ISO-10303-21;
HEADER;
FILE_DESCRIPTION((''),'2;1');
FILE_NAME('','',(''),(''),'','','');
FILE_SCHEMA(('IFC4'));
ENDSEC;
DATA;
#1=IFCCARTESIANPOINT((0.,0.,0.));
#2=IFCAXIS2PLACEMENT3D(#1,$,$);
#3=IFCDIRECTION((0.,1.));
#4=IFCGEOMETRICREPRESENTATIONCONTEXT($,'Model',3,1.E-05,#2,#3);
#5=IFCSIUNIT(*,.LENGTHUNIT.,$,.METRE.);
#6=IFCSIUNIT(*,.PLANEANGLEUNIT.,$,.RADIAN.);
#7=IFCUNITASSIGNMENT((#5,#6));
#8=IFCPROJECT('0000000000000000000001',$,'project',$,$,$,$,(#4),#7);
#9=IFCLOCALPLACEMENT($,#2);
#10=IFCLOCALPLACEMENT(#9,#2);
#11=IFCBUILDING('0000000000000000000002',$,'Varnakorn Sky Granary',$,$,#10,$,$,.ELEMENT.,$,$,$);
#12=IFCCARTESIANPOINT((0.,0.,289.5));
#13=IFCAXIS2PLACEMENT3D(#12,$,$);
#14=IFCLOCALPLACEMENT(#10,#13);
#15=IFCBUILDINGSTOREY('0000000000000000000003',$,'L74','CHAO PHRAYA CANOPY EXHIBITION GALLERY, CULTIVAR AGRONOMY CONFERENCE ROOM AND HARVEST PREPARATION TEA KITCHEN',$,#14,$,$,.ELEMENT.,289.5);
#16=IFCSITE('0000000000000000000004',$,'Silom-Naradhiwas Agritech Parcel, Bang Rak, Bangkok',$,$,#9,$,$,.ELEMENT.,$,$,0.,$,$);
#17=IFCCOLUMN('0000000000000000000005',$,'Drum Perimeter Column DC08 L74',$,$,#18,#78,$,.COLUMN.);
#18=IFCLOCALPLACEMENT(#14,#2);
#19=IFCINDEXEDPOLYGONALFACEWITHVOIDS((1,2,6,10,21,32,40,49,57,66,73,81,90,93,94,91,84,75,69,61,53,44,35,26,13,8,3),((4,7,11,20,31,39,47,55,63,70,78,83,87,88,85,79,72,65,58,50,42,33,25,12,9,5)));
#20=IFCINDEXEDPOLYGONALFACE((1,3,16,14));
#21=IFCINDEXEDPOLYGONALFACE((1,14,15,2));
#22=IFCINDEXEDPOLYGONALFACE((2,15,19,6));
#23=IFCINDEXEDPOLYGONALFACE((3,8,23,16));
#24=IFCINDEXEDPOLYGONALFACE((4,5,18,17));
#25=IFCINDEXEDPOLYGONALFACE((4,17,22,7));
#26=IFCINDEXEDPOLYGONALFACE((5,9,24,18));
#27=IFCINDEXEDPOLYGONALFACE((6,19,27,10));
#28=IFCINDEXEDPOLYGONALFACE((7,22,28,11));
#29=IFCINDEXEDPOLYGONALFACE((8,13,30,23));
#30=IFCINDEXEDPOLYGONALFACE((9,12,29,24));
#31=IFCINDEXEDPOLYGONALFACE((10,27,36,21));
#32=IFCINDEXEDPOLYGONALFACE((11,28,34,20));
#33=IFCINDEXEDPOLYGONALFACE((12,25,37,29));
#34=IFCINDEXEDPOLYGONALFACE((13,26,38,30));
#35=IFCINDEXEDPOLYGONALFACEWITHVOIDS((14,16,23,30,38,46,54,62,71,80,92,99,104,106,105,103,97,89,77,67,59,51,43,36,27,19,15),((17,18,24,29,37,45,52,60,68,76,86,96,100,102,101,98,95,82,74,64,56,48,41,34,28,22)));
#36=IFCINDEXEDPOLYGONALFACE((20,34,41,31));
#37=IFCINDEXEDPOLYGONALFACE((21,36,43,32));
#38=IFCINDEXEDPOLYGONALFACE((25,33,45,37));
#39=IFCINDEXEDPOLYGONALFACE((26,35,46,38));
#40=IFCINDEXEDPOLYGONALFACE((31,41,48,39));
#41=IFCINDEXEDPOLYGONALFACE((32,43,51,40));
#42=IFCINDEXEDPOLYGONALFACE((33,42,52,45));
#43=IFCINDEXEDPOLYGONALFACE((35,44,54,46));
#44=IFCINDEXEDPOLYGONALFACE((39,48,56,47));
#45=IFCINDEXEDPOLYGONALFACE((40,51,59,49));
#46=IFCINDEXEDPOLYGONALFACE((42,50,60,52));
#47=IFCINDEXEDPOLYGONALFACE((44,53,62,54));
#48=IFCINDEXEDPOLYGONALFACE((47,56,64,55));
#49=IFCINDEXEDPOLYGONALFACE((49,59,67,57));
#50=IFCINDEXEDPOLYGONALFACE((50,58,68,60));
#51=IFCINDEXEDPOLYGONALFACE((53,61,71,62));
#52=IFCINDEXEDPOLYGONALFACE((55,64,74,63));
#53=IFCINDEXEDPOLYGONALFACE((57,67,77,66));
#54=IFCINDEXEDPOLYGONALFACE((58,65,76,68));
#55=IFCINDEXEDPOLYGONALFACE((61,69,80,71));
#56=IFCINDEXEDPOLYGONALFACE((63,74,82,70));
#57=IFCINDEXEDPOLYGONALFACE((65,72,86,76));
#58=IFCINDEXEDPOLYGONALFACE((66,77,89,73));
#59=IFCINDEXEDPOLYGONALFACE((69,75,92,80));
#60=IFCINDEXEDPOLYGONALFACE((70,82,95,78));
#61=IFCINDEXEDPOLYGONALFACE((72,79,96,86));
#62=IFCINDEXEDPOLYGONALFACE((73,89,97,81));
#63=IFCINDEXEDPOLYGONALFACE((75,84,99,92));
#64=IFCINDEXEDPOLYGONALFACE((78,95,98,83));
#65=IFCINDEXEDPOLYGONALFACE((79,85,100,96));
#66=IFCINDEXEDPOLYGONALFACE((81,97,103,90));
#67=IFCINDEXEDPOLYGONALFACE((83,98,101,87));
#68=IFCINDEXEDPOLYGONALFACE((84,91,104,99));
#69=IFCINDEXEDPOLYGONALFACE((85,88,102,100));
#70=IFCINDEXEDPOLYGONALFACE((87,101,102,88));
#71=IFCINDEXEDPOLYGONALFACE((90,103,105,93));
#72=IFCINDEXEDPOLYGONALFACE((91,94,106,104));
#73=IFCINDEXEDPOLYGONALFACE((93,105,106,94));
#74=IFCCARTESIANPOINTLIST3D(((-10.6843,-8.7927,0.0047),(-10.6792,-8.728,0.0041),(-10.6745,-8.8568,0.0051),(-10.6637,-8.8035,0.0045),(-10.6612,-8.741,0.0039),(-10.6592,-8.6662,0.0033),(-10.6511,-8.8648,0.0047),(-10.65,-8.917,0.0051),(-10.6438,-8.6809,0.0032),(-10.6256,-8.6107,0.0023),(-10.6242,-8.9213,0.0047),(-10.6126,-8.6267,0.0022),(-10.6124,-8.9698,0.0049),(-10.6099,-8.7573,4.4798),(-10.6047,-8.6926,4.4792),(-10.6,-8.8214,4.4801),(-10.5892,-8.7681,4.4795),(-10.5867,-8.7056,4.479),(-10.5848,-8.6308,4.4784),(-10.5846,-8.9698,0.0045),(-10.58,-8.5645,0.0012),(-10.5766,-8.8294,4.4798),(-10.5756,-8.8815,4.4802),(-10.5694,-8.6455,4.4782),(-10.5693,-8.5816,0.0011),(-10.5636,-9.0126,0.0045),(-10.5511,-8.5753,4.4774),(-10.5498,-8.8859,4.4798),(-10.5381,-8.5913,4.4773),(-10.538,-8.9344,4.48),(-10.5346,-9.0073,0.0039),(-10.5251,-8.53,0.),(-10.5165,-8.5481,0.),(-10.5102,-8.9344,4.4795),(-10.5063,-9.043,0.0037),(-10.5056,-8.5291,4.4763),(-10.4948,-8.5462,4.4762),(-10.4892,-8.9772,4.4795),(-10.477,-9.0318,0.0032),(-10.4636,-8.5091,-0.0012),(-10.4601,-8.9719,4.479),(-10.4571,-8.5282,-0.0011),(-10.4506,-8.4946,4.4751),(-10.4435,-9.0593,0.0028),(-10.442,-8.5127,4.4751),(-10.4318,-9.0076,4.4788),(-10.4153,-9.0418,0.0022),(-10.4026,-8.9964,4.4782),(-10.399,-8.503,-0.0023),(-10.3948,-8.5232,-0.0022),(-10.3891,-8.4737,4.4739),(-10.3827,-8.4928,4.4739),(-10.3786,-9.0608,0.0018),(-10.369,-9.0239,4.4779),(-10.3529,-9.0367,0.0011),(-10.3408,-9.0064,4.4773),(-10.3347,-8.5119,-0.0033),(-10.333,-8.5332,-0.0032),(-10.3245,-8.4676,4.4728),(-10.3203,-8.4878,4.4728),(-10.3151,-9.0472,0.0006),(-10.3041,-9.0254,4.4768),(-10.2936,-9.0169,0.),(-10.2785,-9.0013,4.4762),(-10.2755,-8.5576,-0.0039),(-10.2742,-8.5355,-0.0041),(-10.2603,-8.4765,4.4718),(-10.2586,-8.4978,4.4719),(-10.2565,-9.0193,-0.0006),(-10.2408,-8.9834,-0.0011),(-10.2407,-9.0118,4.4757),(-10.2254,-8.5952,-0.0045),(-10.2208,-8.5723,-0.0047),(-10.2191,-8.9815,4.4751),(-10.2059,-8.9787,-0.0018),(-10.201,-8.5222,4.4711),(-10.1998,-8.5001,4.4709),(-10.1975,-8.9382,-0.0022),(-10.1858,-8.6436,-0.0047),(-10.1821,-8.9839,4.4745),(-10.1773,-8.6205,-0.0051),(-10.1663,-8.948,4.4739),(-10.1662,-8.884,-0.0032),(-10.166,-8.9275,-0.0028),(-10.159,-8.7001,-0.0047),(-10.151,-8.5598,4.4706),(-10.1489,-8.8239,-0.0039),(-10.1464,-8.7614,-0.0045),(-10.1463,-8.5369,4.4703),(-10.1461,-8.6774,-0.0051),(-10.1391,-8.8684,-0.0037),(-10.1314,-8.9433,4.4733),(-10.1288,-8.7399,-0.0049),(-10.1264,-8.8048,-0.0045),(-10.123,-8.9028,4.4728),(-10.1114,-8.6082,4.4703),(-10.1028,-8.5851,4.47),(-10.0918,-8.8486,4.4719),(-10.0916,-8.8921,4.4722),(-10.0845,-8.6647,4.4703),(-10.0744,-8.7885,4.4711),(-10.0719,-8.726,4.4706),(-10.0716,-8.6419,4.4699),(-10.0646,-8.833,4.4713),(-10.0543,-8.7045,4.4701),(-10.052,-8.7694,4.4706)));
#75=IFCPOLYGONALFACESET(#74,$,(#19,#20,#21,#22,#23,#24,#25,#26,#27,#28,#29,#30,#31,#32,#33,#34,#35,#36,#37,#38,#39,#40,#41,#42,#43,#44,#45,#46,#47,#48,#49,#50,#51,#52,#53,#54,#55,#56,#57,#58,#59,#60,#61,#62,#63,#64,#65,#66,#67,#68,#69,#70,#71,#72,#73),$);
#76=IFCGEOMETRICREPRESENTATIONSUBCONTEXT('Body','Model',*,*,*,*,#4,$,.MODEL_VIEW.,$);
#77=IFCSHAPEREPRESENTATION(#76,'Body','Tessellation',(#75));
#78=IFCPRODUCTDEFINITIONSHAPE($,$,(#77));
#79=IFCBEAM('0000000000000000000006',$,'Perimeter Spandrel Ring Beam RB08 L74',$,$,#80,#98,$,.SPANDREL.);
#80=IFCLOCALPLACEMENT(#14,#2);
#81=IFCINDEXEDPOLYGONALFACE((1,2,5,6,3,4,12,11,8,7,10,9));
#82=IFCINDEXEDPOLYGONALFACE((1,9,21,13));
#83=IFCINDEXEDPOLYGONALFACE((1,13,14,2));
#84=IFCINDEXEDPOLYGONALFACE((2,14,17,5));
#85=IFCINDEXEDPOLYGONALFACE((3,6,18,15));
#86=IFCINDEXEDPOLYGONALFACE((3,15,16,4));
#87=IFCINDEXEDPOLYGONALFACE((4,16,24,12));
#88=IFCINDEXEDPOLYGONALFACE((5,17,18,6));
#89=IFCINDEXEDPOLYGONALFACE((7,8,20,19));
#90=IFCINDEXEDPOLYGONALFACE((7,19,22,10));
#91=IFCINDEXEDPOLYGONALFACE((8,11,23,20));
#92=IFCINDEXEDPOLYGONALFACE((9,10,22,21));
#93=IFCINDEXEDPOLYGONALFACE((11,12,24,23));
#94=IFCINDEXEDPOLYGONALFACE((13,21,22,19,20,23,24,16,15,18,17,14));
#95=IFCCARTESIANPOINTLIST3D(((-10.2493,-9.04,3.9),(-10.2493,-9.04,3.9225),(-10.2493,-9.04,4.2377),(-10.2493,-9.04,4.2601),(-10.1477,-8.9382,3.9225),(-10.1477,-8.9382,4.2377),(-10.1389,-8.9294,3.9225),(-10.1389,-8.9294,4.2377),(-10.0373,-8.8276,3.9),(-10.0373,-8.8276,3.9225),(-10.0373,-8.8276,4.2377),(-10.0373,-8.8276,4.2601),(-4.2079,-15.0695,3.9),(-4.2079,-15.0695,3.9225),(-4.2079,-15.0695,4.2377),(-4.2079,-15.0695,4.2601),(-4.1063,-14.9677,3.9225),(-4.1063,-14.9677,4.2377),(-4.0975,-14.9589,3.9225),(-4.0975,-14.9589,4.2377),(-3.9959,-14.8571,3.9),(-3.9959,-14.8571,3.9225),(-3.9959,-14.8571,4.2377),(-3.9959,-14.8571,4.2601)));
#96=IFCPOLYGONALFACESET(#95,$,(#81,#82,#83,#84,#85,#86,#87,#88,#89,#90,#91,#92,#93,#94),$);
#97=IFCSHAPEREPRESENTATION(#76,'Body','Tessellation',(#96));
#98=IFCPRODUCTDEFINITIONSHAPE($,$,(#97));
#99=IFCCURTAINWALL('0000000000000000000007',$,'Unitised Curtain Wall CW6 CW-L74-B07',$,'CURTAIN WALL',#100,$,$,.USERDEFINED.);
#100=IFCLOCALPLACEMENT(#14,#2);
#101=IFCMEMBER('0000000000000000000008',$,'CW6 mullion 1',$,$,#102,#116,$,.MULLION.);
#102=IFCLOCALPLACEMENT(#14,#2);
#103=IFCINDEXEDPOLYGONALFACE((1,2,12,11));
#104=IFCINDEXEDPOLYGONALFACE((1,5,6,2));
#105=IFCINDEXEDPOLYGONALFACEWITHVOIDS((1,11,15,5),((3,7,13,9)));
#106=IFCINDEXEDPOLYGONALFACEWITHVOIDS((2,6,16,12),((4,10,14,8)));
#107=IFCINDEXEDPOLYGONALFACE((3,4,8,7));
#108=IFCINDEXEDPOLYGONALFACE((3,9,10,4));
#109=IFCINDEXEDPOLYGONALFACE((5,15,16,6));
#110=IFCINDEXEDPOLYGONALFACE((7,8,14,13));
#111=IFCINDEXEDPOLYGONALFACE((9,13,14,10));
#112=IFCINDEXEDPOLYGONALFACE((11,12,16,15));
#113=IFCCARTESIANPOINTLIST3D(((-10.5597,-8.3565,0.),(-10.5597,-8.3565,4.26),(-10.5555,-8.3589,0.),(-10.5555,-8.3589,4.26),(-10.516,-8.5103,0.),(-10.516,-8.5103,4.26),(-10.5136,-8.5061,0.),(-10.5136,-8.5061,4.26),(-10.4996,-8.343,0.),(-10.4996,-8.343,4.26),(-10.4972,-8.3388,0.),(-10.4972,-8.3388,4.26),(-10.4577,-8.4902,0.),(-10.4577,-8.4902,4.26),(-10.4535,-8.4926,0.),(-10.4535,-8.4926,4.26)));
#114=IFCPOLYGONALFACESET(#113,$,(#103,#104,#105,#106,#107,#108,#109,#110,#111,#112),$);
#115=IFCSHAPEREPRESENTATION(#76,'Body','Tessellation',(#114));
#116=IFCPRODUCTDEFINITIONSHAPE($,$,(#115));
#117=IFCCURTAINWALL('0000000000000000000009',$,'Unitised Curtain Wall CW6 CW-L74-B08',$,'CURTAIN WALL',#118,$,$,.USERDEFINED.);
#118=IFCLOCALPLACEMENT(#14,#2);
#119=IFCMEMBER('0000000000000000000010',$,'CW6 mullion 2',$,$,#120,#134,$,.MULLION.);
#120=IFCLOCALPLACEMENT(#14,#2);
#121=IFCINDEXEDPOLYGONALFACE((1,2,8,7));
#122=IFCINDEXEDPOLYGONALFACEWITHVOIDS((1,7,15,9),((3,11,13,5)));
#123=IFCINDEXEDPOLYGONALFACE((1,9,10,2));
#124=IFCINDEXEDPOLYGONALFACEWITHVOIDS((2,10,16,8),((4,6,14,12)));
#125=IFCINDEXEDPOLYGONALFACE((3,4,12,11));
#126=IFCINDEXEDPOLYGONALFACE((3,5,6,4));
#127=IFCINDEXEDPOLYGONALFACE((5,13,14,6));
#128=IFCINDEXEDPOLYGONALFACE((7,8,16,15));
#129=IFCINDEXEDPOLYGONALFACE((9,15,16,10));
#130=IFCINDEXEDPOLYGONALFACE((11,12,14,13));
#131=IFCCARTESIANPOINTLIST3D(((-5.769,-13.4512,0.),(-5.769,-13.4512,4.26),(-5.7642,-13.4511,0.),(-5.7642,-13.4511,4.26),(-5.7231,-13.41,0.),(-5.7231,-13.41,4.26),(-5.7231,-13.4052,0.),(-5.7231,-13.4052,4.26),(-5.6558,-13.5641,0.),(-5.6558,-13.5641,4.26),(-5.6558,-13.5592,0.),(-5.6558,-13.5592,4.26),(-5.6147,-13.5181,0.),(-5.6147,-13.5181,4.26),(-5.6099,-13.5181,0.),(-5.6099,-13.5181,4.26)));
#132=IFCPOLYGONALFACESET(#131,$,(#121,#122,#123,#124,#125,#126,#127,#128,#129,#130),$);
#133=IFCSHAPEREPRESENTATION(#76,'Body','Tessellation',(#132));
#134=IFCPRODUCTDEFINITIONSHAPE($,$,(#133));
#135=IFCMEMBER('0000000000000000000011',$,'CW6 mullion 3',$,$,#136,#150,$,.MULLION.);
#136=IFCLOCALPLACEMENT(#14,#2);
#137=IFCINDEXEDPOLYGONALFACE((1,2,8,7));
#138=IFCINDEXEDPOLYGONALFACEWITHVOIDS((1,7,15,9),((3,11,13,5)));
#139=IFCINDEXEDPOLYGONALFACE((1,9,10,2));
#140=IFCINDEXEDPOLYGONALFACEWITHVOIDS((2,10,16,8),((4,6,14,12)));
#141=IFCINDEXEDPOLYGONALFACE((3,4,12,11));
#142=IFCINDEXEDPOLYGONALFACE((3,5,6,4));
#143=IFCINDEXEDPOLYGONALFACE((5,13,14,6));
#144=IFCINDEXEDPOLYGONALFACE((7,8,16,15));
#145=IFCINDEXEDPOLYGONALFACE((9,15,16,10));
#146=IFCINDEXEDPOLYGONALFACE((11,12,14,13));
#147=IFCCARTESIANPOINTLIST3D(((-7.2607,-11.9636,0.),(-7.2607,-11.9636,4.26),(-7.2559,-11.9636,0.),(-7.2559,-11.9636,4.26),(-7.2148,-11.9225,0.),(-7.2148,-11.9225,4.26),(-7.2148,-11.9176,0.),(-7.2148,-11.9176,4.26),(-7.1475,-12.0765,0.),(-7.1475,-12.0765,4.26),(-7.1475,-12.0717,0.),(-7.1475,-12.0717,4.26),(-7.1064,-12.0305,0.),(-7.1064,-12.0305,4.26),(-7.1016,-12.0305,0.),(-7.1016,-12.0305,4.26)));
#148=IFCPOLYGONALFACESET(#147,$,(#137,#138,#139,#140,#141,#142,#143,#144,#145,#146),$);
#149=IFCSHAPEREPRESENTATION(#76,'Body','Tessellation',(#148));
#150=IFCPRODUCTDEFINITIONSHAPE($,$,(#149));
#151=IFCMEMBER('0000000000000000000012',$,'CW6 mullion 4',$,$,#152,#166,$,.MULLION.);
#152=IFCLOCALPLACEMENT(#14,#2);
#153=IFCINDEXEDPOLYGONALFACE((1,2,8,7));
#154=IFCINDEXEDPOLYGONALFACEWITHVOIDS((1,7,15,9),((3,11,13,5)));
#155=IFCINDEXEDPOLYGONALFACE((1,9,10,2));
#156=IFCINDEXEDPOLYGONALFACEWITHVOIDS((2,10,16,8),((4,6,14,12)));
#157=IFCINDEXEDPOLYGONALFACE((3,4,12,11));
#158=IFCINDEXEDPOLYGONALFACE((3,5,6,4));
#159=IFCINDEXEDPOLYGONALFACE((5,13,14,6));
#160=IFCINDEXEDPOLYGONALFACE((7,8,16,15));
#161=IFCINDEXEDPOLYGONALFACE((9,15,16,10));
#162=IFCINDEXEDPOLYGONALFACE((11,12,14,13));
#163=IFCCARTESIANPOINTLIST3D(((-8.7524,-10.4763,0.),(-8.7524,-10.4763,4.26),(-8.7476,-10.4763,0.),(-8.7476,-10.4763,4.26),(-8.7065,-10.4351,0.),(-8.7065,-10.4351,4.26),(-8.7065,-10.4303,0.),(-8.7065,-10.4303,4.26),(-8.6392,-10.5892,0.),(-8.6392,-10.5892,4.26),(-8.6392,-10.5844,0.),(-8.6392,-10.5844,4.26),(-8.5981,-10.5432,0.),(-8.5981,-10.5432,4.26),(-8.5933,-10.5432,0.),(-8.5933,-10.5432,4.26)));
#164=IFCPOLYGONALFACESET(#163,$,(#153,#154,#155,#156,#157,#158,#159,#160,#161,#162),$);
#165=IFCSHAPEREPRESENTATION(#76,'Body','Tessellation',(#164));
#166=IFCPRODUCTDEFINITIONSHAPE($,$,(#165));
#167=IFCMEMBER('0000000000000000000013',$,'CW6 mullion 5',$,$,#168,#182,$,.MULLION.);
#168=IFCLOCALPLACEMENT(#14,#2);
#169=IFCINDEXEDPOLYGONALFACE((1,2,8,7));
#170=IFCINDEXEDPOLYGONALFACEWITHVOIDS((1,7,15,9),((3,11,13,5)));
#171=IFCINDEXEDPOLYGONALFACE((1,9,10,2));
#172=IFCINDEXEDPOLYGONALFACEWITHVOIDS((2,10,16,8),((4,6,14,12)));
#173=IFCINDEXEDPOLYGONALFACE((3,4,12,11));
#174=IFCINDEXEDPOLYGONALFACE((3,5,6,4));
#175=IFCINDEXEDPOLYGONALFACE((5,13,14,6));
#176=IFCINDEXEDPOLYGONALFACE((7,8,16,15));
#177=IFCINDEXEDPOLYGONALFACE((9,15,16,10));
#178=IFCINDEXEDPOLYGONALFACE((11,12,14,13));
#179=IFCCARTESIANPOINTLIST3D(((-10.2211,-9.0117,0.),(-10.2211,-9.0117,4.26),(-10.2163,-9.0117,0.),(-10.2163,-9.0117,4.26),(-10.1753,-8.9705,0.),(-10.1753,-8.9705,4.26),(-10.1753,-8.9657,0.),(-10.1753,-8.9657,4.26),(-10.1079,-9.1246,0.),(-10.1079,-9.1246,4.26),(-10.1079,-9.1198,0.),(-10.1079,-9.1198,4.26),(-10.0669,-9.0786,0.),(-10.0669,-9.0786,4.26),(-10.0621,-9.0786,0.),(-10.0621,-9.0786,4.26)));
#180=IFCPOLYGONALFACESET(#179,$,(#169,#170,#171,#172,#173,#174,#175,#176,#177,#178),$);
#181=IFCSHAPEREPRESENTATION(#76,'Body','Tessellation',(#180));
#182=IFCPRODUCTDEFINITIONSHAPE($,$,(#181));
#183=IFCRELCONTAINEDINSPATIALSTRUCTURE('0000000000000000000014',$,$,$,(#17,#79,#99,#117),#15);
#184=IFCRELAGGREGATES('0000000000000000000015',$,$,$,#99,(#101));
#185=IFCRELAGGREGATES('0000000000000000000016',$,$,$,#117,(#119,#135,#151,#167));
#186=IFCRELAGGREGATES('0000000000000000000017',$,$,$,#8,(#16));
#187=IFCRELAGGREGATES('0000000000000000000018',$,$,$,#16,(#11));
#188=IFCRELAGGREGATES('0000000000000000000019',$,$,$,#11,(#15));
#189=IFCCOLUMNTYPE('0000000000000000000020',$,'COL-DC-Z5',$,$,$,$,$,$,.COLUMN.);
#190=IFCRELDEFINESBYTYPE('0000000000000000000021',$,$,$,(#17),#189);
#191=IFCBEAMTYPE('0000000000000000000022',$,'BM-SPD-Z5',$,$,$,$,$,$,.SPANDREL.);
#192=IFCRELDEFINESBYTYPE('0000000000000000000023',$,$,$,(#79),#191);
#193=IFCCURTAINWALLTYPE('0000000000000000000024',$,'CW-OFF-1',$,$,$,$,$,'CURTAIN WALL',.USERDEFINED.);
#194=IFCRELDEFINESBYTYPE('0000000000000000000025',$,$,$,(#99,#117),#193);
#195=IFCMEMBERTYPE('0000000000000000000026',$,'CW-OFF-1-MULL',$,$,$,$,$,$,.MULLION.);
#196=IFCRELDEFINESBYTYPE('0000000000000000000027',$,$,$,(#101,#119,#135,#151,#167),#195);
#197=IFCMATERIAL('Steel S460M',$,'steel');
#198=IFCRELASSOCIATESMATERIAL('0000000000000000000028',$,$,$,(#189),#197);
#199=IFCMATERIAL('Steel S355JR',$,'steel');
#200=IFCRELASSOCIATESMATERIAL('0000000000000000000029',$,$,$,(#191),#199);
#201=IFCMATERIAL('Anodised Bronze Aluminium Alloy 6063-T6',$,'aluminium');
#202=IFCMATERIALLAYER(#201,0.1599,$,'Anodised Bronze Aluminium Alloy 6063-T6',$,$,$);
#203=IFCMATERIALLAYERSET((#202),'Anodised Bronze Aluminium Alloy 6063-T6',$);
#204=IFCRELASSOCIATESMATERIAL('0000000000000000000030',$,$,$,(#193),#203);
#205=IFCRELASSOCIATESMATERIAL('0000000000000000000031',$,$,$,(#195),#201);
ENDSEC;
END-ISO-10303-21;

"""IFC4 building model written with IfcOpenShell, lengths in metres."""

from ifc_helpers import new_model, si_unit, direction, frame, origin, origin_2d, place, context, subcontext, project, spatial, hollow_rectangle, hollow_circle, i_section, extrude, material, layer, layer_set, material_profile, profile_set, type_object, element, aggregate, save


model = new_model("IFC4")

# Units and contexts
model_context = context("Model", 3, precision=1e-05, world=origin(), true_north=direction((0.0, 1.0)))
body_context = subcontext(model_context, "Body", "Model", "MODEL_VIEW")
ifc_project = project(units=[si_unit("LENGTHUNIT", "METRE"), si_unit("PLANEANGLEUNIT", "RADIAN")], contexts=[model_context])

# Site, building, storey
site_placement = place(None, origin())
site = spatial("IfcSite", under=ifc_project, at=site_placement, Name="Silom-Naradhiwas Agritech Parcel, Bang Rak, Bangkok", CompositionType="ELEMENT", RefElevation=0.0)
building_placement = place(site_placement, origin())
building = spatial("IfcBuilding", under=site, at=building_placement, Name="Varnakorn Sky Granary", CompositionType="ELEMENT")
storey_placement = place(building_placement, frame((0.0, 0.0, 289.5)))
storey = spatial("IfcBuildingStorey", under=building, at=storey_placement, Name="L74", Description="CHAO PHRAYA CANOPY EXHIBITION GALLERY, CULTIVAR AGRONOMY CONFERENCE ROOM AND HARVEST PREPARATION TEA KITCHEN", CompositionType="ELEMENT", Elevation=289.5)

# Column
ifc_material_1 = material(Name="Steel S460M", Category="steel")
ifc_material_profile_1 = material_profile(ifc_material_1, hollow_circle(Radius=0.2795, WallThickness=0.02, at=origin_2d()), Name="CHS 559x20")
ifc_profile_set_1 = profile_set([ifc_material_profile_1], Name="Steel S460M")
column_type = type_object("IfcColumnType", Name="COL-DC-Z5", PredefinedType="COLUMN", material=ifc_profile_set_1)
column_placement = place(storey_placement, frame((-10.405, -8.7825, 0.0), z_axis=(0.016637, 0.007909, 0.99983), x_axis=(-0.429359, 0.903134, 0.0)))
element("IfcColumn", 1, at=column_placement, inside=storey, type_object=column_type, Name="Drum Perimeter Column DC08 L74", PredefinedType="COLUMN", context=body_context, shape_type="SweptSolid", body=[
    extrude(hollow_circle(Radius=0.2795, WallThickness=0.02, at=origin_2d()), origin(), (0.0, 0.0, 1.0), 4.4758),
])

# Beam
ifc_material_2 = material(Name="Steel S355JR", Category="steel")
ifc_material_profile_2 = material_profile(ifc_material_2, i_section(OverallWidth=0.3, OverallDepth=0.3601, WebThickness=0.0125, FlangeThickness=0.0225, at=origin_2d()), Name="HE 360 B")
ifc_profile_set_2 = profile_set([ifc_material_profile_2], Name="Steel S355JR")
beam_type = type_object("IfcBeamType", Name="BM-SPD-Z5", PredefinedType="SPANDREL", material=ifc_profile_set_2)
beam_placement = place(storey_placement, frame((-10.1433, -8.9338, 4.0801), z_axis=(0.707807, -0.706406, 0.0), x_axis=(0.706406, 0.707807, 0.0)))
element("IfcBeam", 2, at=beam_placement, inside=storey, type_object=beam_type, Name="Perimeter Spandrel Ring Beam RB08 L74", PredefinedType="SPANDREL", context=body_context, shape_type="SweptSolid", body=[
    extrude(i_section(OverallWidth=0.3, OverallDepth=0.3601, WebThickness=0.0125, FlangeThickness=0.0225, at=origin_2d()), origin(), (0.0, 0.0, 1.0), 8.5354),
])

# Curtain wall, member
ifc_material_3 = material(Name="Anodised Bronze Aluminium Alloy 6063-T6", Category="aluminium")
ifc_layer_1 = layer(ifc_material_3, 0.1599, Name="Anodised Bronze Aluminium Alloy 6063-T6")
ifc_layer_set_1 = layer_set([ifc_layer_1], Name="Anodised Bronze Aluminium Alloy 6063-T6")
curtain_wall_type = type_object("IfcCurtainWallType", Name="CW-OFF-1", ElementType="CURTAIN WALL", PredefinedType="USERDEFINED", material=ifc_layer_set_1)
curtain_wall_1_placement = place(storey_placement, origin())
curtain_wall_1 = element("IfcCurtainWall", 3, at=curtain_wall_1_placement, inside=storey, type_object=curtain_wall_type, Name="Unitised Curtain Wall CW6 CW-L74-B07", ObjectType="CURTAIN WALL", PredefinedType="USERDEFINED")
ifc_material_profile_3 = material_profile(ifc_material_3, hollow_rectangle(XDim=0.0649, YDim=0.1599, WallThickness=0.0034, at=origin_2d()), Name="ALU MULL 65x160")
ifc_profile_set_3 = profile_set([ifc_material_profile_3], Name="Anodised Bronze Aluminium Alloy 6063-T6")
member_type_1 = type_object("IfcMemberType", Name="CW-OFF-1-MULL", PredefinedType="MULLION", material=ifc_profile_set_3)
member_1_placement = place(storey_placement, frame((-10.5066, -8.4246, 0.0), z_axis=(0.0, 0.0, 1.0), x_axis=(-0.961937, -0.27327, 0.0)))
member_1 = element("IfcMember", 4, at=member_1_placement, type_object=member_type_1, Name="CW6 mullion 1", PredefinedType="MULLION", context=body_context, shape_type="SweptSolid", body=[
    extrude(hollow_rectangle(XDim=0.0649, YDim=0.1599, WallThickness=0.0034, at=origin_2d()), origin(), (0.0, 0.0, 1.0), 4.26),
])

# Curtain wall, members
curtain_wall_2_placement = place(storey_placement, origin())
curtain_wall_2 = element("IfcCurtainWall", 5, at=curtain_wall_2_placement, inside=storey, type_object=curtain_wall_type, Name="Unitised Curtain Wall CW6 CW-L74-B08", ObjectType="CURTAIN WALL", PredefinedType="USERDEFINED")
member_2_placement = place(storey_placement, frame((-5.6895, -13.4846, 0.0), z_axis=(0.0, 0.0, 1.0), x_axis=(-0.706103, -0.708109, 0.0)))
member_2 = element("IfcMember", 6, at=member_2_placement, type_object=member_type_1, Name="CW6 mullion 2", PredefinedType="MULLION", context=body_context, shape_type="SweptSolid", body=[
    extrude(hollow_rectangle(XDim=0.0649, YDim=0.1599, WallThickness=0.0034, at=origin_2d()), origin(), (0.0, 0.0, 1.0), 4.26),
])
member_3_placement = place(storey_placement, frame((-7.1812, -11.9971, 0.0), z_axis=(0.0, 0.0, 1.0), x_axis=(-0.706103, -0.708109, 0.0)))
member_3 = element("IfcMember", 7, at=member_3_placement, type_object=member_type_1, Name="CW6 mullion 3", PredefinedType="MULLION", context=body_context, shape_type="SweptSolid", body=[
    extrude(hollow_rectangle(XDim=0.0649, YDim=0.1599, WallThickness=0.0034, at=origin_2d()), origin(), (0.0, 0.0, 1.0), 4.26),
])
member_4_placement = place(storey_placement, frame((-8.6729, -10.5098, 0.0), z_axis=(0.0, 0.0, 1.0), x_axis=(-0.706103, -0.708109, 0.0)))
member_4 = element("IfcMember", 8, at=member_4_placement, type_object=member_type_1, Name="CW6 mullion 4", PredefinedType="MULLION", context=body_context, shape_type="SweptSolid", body=[
    extrude(hollow_rectangle(XDim=0.0649, YDim=0.1599, WallThickness=0.0034, at=origin_2d()), origin(), (0.0, 0.0, 1.0), 4.26),
])
member_5_placement = place(storey_placement, frame((-10.1416, -9.0452, 0.0), z_axis=(0.0, 0.0, 1.0), x_axis=(-0.706103, -0.708109, 0.0)))
member_5 = element("IfcMember", 9, at=member_5_placement, type_object=member_type_1, Name="CW6 mullion 5", PredefinedType="MULLION", context=body_context, shape_type="SweptSolid", body=[
    extrude(hollow_rectangle(XDim=0.0649, YDim=0.1599, WallThickness=0.0034, at=origin_2d()), origin(), (0.0, 0.0, 1.0), 4.26),
])

aggregate(curtain_wall_1, [member_1])

aggregate(curtain_wall_2, [member_2, member_3, member_4, member_5])

save(model, "model.ifc")
